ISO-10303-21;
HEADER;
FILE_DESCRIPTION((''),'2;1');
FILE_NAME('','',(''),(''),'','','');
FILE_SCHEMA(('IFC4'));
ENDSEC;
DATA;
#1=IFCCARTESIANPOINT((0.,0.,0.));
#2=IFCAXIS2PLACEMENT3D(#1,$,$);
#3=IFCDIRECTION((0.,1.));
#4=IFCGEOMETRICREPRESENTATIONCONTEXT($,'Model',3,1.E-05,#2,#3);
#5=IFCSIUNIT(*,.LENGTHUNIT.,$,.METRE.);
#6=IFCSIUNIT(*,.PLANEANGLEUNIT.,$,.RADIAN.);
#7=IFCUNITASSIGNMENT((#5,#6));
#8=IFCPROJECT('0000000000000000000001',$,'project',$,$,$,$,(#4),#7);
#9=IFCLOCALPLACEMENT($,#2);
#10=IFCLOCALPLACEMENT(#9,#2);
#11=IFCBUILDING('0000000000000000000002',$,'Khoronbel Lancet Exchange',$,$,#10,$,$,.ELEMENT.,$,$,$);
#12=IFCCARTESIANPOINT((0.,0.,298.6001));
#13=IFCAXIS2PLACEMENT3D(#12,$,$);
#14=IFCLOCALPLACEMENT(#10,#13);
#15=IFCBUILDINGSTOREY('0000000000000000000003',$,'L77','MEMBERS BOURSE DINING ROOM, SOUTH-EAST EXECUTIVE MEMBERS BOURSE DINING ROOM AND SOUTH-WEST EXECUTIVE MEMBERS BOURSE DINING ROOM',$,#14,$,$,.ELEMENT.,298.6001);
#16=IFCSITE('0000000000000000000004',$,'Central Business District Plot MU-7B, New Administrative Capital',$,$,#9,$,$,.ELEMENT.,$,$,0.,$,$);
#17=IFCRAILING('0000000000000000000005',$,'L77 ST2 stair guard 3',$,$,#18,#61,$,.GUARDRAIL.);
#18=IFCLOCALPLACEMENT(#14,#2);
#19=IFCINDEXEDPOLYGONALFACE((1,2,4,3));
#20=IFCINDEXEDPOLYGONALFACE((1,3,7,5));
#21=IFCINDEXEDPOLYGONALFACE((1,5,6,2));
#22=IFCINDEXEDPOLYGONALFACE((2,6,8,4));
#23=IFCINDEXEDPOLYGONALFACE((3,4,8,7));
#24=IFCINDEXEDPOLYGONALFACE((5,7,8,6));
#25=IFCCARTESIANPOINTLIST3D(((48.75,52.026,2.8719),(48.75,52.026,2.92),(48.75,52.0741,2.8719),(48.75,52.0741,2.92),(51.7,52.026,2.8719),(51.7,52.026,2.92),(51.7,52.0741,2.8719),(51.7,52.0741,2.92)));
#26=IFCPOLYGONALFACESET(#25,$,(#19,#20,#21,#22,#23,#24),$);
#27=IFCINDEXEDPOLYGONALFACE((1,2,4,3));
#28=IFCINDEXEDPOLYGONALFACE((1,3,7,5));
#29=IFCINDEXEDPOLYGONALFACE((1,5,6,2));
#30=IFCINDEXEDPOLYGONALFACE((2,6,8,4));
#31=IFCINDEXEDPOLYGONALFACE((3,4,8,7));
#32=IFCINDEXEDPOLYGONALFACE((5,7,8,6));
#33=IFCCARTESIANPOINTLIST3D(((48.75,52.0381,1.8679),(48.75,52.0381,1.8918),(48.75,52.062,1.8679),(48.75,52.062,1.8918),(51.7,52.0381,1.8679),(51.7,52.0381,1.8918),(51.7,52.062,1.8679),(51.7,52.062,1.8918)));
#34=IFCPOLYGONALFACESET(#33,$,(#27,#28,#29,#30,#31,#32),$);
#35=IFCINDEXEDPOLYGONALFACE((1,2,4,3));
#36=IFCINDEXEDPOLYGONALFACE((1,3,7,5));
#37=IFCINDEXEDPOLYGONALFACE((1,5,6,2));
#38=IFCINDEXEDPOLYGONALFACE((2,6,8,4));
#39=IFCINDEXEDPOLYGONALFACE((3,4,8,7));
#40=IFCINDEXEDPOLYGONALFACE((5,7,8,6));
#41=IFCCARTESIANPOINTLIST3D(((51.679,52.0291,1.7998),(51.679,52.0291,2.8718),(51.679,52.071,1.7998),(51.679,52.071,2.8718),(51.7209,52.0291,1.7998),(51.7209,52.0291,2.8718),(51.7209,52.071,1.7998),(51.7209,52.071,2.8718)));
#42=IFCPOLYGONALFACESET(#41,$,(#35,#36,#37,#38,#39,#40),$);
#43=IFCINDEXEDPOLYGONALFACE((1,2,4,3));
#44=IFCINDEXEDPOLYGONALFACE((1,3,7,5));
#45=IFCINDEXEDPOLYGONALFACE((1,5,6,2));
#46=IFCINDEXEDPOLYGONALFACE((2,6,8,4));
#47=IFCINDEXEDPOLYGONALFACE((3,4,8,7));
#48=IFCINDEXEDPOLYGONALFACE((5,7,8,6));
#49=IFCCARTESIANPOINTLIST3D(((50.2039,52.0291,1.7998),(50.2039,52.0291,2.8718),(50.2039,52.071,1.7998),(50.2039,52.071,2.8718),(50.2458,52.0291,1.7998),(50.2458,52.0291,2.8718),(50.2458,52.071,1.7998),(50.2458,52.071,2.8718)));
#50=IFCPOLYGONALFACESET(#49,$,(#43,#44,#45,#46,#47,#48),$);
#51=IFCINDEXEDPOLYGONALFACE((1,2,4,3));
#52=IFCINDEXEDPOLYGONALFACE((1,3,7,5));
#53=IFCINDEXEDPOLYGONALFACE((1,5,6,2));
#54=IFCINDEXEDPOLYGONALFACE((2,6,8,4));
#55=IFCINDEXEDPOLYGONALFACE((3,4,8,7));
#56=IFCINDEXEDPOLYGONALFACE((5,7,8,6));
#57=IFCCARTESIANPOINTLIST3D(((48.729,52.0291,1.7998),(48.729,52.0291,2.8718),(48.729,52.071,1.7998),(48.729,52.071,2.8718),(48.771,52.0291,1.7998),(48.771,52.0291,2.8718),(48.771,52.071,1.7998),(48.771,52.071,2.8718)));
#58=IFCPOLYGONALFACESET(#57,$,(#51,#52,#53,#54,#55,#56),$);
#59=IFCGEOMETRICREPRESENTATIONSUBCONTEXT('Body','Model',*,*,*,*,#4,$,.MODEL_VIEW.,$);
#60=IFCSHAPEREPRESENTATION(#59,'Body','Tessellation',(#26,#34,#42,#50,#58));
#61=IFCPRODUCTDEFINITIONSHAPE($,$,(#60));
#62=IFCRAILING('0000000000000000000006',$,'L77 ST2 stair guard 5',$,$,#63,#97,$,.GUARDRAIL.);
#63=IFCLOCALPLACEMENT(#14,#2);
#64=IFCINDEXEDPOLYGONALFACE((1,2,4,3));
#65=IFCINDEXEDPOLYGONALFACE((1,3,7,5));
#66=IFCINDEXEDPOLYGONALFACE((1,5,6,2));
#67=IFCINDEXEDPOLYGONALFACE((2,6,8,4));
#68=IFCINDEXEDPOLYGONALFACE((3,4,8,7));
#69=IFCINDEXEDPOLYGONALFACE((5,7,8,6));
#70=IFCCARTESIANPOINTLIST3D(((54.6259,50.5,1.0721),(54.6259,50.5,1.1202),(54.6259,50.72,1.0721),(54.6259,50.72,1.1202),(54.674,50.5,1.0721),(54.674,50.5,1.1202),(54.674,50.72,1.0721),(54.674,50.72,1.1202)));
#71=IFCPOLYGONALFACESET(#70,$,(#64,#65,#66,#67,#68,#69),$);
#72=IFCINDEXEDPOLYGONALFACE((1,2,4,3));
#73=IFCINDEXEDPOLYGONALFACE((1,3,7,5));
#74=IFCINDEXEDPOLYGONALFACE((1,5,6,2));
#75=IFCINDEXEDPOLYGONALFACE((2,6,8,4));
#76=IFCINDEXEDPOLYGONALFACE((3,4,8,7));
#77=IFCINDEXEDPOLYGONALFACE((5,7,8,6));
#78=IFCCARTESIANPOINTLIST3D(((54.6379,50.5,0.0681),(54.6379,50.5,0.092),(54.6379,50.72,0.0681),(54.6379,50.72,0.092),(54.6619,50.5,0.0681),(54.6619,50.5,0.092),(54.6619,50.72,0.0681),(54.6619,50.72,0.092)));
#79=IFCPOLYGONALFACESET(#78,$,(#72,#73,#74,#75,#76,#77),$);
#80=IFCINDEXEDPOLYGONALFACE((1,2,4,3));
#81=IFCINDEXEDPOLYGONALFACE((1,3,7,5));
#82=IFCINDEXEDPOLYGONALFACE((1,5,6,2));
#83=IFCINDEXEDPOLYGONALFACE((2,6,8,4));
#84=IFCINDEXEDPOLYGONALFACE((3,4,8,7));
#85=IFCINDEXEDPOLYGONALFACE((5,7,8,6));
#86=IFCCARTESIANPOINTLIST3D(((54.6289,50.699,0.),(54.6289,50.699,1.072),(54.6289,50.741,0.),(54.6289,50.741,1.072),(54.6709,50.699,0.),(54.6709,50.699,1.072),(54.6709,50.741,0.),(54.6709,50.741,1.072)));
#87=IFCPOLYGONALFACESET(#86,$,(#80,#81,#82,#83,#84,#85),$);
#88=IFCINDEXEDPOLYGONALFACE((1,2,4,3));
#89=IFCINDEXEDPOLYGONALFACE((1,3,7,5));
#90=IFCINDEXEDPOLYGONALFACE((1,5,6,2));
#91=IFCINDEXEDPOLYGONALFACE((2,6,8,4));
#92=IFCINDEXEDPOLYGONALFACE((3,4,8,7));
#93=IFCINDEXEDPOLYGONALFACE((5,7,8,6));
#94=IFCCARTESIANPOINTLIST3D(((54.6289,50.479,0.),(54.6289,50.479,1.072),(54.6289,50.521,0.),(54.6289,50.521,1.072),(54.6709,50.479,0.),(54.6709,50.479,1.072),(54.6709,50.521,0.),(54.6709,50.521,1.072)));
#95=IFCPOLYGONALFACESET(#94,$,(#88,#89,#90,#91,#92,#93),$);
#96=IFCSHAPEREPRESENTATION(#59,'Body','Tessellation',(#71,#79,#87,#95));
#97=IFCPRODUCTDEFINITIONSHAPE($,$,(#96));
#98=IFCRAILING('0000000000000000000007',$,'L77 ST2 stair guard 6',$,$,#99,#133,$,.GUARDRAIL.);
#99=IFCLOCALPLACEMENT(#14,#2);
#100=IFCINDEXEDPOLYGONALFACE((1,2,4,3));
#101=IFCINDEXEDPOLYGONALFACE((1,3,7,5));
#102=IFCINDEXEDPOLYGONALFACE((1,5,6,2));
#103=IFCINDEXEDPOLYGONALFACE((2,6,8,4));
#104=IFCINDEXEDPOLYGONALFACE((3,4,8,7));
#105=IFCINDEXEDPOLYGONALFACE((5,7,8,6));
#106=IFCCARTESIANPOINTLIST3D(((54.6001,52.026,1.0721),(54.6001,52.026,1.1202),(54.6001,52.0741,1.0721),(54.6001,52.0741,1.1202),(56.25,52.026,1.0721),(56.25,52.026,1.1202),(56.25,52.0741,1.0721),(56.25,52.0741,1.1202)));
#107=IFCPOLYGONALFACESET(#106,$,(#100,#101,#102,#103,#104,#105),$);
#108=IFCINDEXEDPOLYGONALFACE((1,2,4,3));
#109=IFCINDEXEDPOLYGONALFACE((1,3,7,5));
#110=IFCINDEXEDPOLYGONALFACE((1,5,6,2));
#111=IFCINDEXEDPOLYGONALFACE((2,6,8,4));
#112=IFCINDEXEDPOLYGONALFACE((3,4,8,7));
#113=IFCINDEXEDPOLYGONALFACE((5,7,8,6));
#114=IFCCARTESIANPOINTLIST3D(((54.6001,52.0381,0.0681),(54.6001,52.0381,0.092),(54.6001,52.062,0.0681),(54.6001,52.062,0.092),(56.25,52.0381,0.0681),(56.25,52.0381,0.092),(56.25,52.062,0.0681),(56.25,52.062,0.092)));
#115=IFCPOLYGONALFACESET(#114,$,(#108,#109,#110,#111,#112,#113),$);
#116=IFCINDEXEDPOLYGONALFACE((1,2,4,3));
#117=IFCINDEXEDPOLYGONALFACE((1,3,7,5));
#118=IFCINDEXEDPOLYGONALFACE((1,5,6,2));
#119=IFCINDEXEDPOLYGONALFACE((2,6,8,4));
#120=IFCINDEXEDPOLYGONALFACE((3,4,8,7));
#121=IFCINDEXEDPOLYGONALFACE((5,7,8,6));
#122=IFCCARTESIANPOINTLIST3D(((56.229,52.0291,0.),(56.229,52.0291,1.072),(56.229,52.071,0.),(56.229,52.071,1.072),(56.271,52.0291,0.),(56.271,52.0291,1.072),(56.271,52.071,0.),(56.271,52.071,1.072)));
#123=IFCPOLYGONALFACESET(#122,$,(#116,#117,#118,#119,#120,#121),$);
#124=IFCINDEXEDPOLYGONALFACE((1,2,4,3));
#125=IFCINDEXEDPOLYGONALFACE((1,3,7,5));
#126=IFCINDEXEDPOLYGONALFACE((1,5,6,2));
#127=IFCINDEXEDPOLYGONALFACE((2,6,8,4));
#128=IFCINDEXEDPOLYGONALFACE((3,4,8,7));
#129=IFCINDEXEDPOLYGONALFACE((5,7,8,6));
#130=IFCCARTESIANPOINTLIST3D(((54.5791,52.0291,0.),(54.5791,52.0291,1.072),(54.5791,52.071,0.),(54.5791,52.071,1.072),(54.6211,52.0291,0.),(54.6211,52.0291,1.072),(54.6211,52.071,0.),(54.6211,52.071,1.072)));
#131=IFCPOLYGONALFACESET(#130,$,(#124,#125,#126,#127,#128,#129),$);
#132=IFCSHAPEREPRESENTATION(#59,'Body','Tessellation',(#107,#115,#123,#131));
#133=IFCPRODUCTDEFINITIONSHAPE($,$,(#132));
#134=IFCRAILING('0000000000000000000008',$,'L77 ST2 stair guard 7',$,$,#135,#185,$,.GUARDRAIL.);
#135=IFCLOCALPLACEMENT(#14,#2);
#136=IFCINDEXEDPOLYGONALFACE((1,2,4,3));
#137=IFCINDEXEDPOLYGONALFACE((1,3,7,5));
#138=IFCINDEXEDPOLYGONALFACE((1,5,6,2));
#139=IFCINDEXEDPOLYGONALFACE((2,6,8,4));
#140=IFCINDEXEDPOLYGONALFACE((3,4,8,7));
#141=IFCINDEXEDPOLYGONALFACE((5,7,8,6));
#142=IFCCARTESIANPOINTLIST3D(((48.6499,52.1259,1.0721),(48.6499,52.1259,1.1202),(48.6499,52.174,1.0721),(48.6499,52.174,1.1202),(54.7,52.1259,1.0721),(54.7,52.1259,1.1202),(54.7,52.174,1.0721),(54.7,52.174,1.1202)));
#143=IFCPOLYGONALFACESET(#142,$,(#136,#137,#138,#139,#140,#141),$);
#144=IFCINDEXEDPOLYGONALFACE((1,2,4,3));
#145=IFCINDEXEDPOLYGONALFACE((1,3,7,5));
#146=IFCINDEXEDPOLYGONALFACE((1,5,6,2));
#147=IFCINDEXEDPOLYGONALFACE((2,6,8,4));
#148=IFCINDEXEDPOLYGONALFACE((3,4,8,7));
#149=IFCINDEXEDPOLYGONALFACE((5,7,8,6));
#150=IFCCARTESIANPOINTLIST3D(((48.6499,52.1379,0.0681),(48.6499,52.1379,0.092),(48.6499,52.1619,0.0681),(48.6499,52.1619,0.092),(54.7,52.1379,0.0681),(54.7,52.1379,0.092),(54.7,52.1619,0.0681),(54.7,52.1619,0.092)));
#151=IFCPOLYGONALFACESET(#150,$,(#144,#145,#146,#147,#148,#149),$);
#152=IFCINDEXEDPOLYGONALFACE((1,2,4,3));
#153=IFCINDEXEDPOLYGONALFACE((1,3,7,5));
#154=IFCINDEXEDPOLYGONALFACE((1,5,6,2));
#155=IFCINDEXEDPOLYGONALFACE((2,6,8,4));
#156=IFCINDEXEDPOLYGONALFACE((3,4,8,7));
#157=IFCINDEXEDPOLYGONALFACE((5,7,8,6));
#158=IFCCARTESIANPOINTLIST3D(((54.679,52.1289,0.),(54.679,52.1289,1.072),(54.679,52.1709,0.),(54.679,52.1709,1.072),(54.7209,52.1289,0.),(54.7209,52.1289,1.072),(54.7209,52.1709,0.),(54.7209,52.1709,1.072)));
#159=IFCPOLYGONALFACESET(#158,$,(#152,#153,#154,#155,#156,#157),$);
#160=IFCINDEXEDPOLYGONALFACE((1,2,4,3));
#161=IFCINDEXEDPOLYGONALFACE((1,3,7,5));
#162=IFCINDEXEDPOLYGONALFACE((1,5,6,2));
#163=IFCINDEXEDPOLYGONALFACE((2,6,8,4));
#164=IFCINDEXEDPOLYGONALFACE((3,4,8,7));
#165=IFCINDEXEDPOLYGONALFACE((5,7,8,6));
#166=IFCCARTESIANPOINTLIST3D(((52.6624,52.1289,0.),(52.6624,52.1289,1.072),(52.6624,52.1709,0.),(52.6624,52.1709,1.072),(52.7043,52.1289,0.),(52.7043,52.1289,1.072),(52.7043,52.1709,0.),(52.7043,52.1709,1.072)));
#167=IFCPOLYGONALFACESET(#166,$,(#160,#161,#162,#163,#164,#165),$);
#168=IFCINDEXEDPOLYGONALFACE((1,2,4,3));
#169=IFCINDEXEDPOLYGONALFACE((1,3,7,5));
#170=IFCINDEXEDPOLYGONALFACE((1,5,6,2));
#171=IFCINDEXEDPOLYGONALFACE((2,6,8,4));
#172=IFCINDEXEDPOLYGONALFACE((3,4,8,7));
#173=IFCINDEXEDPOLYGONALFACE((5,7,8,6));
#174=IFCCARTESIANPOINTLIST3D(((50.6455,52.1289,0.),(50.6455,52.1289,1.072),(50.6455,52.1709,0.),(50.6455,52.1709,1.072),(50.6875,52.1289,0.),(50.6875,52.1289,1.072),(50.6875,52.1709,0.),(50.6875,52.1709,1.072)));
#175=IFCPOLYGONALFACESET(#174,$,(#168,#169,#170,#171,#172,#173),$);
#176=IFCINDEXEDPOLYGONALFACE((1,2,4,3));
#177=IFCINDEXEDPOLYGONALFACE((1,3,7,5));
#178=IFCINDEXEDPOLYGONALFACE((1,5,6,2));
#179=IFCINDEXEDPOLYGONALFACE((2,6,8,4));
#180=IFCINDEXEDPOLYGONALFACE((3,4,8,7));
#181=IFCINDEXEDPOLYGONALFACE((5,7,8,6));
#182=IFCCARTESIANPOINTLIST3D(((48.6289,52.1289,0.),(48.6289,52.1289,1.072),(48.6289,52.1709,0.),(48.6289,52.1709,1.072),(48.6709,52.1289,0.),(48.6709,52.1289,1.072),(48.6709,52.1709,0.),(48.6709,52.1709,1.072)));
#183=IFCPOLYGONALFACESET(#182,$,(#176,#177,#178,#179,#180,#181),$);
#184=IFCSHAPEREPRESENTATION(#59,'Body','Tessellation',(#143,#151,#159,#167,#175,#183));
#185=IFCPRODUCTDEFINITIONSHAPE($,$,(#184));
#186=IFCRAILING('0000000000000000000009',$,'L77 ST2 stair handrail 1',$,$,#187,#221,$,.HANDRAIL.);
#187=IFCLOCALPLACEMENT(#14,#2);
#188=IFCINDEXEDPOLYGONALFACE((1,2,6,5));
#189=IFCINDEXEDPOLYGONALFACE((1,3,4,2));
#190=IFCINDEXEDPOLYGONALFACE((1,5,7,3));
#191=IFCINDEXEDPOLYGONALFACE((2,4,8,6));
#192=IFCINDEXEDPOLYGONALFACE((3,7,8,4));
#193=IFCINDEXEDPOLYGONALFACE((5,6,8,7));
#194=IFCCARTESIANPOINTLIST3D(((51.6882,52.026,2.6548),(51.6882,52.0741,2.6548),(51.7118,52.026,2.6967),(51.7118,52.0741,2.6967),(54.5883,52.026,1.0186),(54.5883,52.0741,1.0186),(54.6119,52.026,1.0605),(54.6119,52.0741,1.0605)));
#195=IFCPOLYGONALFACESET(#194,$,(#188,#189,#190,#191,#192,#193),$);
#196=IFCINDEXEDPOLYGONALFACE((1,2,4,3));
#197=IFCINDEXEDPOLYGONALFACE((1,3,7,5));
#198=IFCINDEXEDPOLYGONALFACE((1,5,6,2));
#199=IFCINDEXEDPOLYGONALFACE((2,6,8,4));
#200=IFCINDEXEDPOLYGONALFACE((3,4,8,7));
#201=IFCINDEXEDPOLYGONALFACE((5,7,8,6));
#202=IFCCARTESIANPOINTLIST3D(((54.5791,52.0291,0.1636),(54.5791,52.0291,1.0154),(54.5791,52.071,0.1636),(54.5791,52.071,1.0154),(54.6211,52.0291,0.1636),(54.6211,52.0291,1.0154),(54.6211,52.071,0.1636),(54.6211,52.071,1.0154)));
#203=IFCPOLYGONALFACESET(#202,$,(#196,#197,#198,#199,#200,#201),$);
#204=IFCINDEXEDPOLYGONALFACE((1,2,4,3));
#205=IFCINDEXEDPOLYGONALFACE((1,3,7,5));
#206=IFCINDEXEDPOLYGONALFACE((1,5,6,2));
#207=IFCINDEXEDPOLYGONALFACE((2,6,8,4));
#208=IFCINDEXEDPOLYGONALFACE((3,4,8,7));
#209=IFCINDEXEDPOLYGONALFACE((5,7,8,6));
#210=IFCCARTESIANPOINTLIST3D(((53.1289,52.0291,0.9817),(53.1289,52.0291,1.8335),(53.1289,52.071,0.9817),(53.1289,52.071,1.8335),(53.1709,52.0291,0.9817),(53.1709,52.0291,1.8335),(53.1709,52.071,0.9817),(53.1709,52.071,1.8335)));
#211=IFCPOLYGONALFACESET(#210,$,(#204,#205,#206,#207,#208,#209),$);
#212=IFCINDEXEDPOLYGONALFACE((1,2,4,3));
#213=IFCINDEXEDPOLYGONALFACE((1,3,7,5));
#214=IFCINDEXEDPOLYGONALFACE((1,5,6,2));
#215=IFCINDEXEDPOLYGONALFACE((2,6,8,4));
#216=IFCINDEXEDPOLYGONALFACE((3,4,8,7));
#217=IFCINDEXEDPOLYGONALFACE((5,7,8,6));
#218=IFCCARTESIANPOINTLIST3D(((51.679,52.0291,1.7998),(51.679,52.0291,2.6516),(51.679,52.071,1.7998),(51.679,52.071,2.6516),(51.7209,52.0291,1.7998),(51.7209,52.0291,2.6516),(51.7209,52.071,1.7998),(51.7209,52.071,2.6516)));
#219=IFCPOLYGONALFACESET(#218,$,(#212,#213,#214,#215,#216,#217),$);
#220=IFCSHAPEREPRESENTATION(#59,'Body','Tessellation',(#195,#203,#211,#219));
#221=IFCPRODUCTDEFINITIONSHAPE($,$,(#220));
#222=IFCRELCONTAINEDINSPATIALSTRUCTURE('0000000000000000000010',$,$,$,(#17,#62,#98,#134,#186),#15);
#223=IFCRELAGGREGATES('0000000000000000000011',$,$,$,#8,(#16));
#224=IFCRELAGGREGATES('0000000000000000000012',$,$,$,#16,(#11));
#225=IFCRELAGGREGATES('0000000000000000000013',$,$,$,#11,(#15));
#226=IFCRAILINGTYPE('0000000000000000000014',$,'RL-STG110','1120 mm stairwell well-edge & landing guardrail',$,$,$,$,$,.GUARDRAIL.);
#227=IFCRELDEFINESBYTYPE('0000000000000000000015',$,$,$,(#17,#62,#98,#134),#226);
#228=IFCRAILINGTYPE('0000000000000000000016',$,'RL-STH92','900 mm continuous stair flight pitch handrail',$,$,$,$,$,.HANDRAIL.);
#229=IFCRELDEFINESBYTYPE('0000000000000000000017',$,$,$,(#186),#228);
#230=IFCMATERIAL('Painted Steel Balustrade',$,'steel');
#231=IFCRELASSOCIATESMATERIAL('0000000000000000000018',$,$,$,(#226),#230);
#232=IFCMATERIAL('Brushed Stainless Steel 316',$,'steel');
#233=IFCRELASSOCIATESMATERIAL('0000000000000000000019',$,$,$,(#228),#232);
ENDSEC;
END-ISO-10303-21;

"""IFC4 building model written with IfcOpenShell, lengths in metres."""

from ifc_helpers import new_model, si_unit, direction, frame, origin, origin_2d, place, context, subcontext, project, spatial, rectangle, extrude, material, type_object, element, save


model = new_model("IFC4")

# Units and contexts
model_context = context("Model", 3, precision=1e-05, world=origin(), true_north=direction((0.0, 1.0)))
body_context = subcontext(model_context, "Body", "Model", "MODEL_VIEW")
ifc_project = project(units=[si_unit("LENGTHUNIT", "METRE"), si_unit("PLANEANGLEUNIT", "RADIAN")], contexts=[model_context])

# Site, building, storey
site_placement = place(None, origin())
site = spatial("IfcSite", under=ifc_project, at=site_placement, Name="Central Business District Plot MU-7B, New Administrative Capital", CompositionType="ELEMENT", RefElevation=0.0)
building_placement = place(site_placement, origin())
building = spatial("IfcBuilding", under=site, at=building_placement, Name="Khoronbel Lancet Exchange", CompositionType="ELEMENT")
storey_placement = place(building_placement, frame((0.0, 0.0, 298.6001)))
storey = spatial("IfcBuildingStorey", under=building, at=storey_placement, Name="L77", Description="MEMBERS BOURSE DINING ROOM, SOUTH-EAST EXECUTIVE MEMBERS BOURSE DINING ROOM AND SOUTH-WEST EXECUTIVE MEMBERS BOURSE DINING ROOM", CompositionType="ELEMENT", Elevation=298.6001)

# Railings
ifc_material_1 = material(Name="Painted Steel Balustrade", Category="steel")
railing_type_1 = type_object("IfcRailingType", Name="RL-STG110", Description="1120 mm stairwell well-edge & landing guardrail", PredefinedType="GUARDRAIL", material=ifc_material_1)
railing_1_placement = place(storey_placement, frame((51.7, 52.05, 1.7998)))
element("IfcRailing", 1, at=railing_1_placement, inside=storey, type_object=railing_type_1, Name="L77 ST2 stair guard 3", PredefinedType="GUARDRAIL", context=body_context, shape_type="SweptSolid", body=[
    extrude(rectangle(XDim=0.0481, YDim=0.0481, at=origin_2d()), frame((0.0, 0.0, 1.0962), z_axis=(-1.0, 0.0, 0.0), x_axis=(0.0, -1.0, 0.0)), (0.0, 0.0, 1.0), 2.95),
    extrude(rectangle(XDim=0.0239, YDim=0.0239, at=origin_2d()), frame((0.0, 0.0, 0.0801), z_axis=(-1.0, 0.0, 0.0), x_axis=(0.0, -1.0, 0.0)), (0.0, 0.0, 1.0), 2.95),
    extrude(rectangle(XDim=0.042, YDim=0.042, at=origin_2d()), origin(), (0.0, 0.0, 1.0), 1.072),
    extrude(rectangle(XDim=0.042, YDim=0.042, at=origin_2d()), frame((-1.4751, 0.0, 0.0)), (0.0, 0.0, 1.0), 1.072),
    extrude(rectangle(XDim=0.042, YDim=0.042, at=origin_2d()), frame((-2.95, 0.0, 0.0)), (0.0, 0.0, 1.0), 1.072),
])
railing_2_placement = place(storey_placement, frame((54.6499, 50.72, 0.0)))
element("IfcRailing", 2, at=railing_2_placement, inside=storey, type_object=railing_type_1, Name="L77 ST2 stair guard 5", PredefinedType="GUARDRAIL", context=body_context, shape_type="SweptSolid", body=[
    extrude(rectangle(XDim=0.0481, YDim=0.0481, at=origin_2d()), frame((0.0, 0.0, 1.0962), z_axis=(0.0, -1.0, 0.0), x_axis=(1.0, 0.0, 0.0)), (0.0, 0.0, 1.0), 0.22),
    extrude(rectangle(XDim=0.0239, YDim=0.0239, at=origin_2d()), frame((0.0, 0.0, 0.0801), z_axis=(0.0, -1.0, 0.0), x_axis=(1.0, 0.0, 0.0)), (0.0, 0.0, 1.0), 0.22),
    extrude(rectangle(XDim=0.042, YDim=0.042, at=origin_2d()), origin(), (0.0, 0.0, 1.0), 1.072),
    extrude(rectangle(XDim=0.042, YDim=0.042, at=origin_2d()), frame((0.0, -0.22, 0.0)), (0.0, 0.0, 1.0), 1.072),
])
railing_3_placement = place(storey_placement, frame((56.25, 52.05, 0.0)))
element("IfcRailing", 3, at=railing_3_placement, inside=storey, type_object=railing_type_1, Name="L77 ST2 stair guard 6", PredefinedType="GUARDRAIL", context=body_context, shape_type="SweptSolid", body=[
    extrude(rectangle(XDim=0.0481, YDim=0.0481, at=origin_2d()), frame((0.0, 0.0, 1.0962), z_axis=(-1.0, 0.0, 0.0), x_axis=(0.0, -1.0, 0.0)), (0.0, 0.0, 1.0), 1.6499),
    extrude(rectangle(XDim=0.0239, YDim=0.0239, at=origin_2d()), frame((0.0, 0.0, 0.0801), z_axis=(-1.0, 0.0, 0.0), x_axis=(0.0, -1.0, 0.0)), (0.0, 0.0, 1.0), 1.6499),
    extrude(rectangle(XDim=0.042, YDim=0.042, at=origin_2d()), origin(), (0.0, 0.0, 1.0), 1.072),
    extrude(rectangle(XDim=0.042, YDim=0.042, at=origin_2d()), frame((-1.6499, 0.0, 0.0)), (0.0, 0.0, 1.0), 1.072),
])
railing_4_placement = place(storey_placement, frame((54.7, 52.1499, 0.0)))
element("IfcRailing", 4, at=railing_4_placement, inside=storey, type_object=railing_type_1, Name="L77 ST2 stair guard 7", PredefinedType="GUARDRAIL", context=body_context, shape_type="SweptSolid", body=[
    extrude(rectangle(XDim=0.0481, YDim=0.0481, at=origin_2d()), frame((0.0, 0.0, 1.0962), z_axis=(-1.0, 0.0, 0.0), x_axis=(0.0, -1.0, 0.0)), (0.0, 0.0, 1.0), 6.05),
    extrude(rectangle(XDim=0.0239, YDim=0.0239, at=origin_2d()), frame((0.0, 0.0, 0.0801), z_axis=(-1.0, 0.0, 0.0), x_axis=(0.0, -1.0, 0.0)), (0.0, 0.0, 1.0), 6.05),
    extrude(rectangle(XDim=0.042, YDim=0.042, at=origin_2d()), origin(), (0.0, 0.0, 1.0), 1.072),
    extrude(rectangle(XDim=0.042, YDim=0.042, at=origin_2d()), frame((-2.0166, 0.0, 0.0)), (0.0, 0.0, 1.0), 1.072),
    extrude(rectangle(XDim=0.042, YDim=0.042, at=origin_2d()), frame((-4.0334, 0.0, 0.0)), (0.0, 0.0, 1.0), 1.072),
    extrude(rectangle(XDim=0.042, YDim=0.042, at=origin_2d()), frame((-6.05, 0.0, 0.0)), (0.0, 0.0, 1.0), 1.072),
])
ifc_material_2 = material(Name="Brushed Stainless Steel 316", Category="steel")
railing_type_2 = type_object("IfcRailingType", Name="RL-STH92", Description="900 mm continuous stair flight pitch handrail", PredefinedType="HANDRAIL", material=ifc_material_2)
railing_5_placement = place(storey_placement, frame((54.6001, 52.05, 0.1636)))
element("IfcRailing", 5, at=railing_5_placement, inside=storey, type_object=railing_type_2, Name="L77 ST2 stair handrail 1", PredefinedType="HANDRAIL", context=body_context, shape_type="SweptSolid", body=[
    extrude(rectangle(XDim=0.0481, YDim=0.0481, at=origin_2d()), frame((0.0, 0.0, 0.876), z_axis=(-0.870946, 0.0, 0.491378), x_axis=(0.0, -1.0, 0.0)), (0.0, 0.0, 1.0), 3.3298),
    extrude(rectangle(XDim=0.042, YDim=0.042, at=origin_2d()), origin(), (0.0, 0.0, 1.0), 0.8518),
    extrude(rectangle(XDim=0.042, YDim=0.042, at=origin_2d()), frame((-1.4502, 0.0, 0.8181)), (0.0, 0.0, 1.0), 0.8518),
    extrude(rectangle(XDim=0.042, YDim=0.042, at=origin_2d()), frame((-2.9001, 0.0, 1.6362)), (0.0, 0.0, 1.0), 0.8518),
])

save(model, "model.ifc")
